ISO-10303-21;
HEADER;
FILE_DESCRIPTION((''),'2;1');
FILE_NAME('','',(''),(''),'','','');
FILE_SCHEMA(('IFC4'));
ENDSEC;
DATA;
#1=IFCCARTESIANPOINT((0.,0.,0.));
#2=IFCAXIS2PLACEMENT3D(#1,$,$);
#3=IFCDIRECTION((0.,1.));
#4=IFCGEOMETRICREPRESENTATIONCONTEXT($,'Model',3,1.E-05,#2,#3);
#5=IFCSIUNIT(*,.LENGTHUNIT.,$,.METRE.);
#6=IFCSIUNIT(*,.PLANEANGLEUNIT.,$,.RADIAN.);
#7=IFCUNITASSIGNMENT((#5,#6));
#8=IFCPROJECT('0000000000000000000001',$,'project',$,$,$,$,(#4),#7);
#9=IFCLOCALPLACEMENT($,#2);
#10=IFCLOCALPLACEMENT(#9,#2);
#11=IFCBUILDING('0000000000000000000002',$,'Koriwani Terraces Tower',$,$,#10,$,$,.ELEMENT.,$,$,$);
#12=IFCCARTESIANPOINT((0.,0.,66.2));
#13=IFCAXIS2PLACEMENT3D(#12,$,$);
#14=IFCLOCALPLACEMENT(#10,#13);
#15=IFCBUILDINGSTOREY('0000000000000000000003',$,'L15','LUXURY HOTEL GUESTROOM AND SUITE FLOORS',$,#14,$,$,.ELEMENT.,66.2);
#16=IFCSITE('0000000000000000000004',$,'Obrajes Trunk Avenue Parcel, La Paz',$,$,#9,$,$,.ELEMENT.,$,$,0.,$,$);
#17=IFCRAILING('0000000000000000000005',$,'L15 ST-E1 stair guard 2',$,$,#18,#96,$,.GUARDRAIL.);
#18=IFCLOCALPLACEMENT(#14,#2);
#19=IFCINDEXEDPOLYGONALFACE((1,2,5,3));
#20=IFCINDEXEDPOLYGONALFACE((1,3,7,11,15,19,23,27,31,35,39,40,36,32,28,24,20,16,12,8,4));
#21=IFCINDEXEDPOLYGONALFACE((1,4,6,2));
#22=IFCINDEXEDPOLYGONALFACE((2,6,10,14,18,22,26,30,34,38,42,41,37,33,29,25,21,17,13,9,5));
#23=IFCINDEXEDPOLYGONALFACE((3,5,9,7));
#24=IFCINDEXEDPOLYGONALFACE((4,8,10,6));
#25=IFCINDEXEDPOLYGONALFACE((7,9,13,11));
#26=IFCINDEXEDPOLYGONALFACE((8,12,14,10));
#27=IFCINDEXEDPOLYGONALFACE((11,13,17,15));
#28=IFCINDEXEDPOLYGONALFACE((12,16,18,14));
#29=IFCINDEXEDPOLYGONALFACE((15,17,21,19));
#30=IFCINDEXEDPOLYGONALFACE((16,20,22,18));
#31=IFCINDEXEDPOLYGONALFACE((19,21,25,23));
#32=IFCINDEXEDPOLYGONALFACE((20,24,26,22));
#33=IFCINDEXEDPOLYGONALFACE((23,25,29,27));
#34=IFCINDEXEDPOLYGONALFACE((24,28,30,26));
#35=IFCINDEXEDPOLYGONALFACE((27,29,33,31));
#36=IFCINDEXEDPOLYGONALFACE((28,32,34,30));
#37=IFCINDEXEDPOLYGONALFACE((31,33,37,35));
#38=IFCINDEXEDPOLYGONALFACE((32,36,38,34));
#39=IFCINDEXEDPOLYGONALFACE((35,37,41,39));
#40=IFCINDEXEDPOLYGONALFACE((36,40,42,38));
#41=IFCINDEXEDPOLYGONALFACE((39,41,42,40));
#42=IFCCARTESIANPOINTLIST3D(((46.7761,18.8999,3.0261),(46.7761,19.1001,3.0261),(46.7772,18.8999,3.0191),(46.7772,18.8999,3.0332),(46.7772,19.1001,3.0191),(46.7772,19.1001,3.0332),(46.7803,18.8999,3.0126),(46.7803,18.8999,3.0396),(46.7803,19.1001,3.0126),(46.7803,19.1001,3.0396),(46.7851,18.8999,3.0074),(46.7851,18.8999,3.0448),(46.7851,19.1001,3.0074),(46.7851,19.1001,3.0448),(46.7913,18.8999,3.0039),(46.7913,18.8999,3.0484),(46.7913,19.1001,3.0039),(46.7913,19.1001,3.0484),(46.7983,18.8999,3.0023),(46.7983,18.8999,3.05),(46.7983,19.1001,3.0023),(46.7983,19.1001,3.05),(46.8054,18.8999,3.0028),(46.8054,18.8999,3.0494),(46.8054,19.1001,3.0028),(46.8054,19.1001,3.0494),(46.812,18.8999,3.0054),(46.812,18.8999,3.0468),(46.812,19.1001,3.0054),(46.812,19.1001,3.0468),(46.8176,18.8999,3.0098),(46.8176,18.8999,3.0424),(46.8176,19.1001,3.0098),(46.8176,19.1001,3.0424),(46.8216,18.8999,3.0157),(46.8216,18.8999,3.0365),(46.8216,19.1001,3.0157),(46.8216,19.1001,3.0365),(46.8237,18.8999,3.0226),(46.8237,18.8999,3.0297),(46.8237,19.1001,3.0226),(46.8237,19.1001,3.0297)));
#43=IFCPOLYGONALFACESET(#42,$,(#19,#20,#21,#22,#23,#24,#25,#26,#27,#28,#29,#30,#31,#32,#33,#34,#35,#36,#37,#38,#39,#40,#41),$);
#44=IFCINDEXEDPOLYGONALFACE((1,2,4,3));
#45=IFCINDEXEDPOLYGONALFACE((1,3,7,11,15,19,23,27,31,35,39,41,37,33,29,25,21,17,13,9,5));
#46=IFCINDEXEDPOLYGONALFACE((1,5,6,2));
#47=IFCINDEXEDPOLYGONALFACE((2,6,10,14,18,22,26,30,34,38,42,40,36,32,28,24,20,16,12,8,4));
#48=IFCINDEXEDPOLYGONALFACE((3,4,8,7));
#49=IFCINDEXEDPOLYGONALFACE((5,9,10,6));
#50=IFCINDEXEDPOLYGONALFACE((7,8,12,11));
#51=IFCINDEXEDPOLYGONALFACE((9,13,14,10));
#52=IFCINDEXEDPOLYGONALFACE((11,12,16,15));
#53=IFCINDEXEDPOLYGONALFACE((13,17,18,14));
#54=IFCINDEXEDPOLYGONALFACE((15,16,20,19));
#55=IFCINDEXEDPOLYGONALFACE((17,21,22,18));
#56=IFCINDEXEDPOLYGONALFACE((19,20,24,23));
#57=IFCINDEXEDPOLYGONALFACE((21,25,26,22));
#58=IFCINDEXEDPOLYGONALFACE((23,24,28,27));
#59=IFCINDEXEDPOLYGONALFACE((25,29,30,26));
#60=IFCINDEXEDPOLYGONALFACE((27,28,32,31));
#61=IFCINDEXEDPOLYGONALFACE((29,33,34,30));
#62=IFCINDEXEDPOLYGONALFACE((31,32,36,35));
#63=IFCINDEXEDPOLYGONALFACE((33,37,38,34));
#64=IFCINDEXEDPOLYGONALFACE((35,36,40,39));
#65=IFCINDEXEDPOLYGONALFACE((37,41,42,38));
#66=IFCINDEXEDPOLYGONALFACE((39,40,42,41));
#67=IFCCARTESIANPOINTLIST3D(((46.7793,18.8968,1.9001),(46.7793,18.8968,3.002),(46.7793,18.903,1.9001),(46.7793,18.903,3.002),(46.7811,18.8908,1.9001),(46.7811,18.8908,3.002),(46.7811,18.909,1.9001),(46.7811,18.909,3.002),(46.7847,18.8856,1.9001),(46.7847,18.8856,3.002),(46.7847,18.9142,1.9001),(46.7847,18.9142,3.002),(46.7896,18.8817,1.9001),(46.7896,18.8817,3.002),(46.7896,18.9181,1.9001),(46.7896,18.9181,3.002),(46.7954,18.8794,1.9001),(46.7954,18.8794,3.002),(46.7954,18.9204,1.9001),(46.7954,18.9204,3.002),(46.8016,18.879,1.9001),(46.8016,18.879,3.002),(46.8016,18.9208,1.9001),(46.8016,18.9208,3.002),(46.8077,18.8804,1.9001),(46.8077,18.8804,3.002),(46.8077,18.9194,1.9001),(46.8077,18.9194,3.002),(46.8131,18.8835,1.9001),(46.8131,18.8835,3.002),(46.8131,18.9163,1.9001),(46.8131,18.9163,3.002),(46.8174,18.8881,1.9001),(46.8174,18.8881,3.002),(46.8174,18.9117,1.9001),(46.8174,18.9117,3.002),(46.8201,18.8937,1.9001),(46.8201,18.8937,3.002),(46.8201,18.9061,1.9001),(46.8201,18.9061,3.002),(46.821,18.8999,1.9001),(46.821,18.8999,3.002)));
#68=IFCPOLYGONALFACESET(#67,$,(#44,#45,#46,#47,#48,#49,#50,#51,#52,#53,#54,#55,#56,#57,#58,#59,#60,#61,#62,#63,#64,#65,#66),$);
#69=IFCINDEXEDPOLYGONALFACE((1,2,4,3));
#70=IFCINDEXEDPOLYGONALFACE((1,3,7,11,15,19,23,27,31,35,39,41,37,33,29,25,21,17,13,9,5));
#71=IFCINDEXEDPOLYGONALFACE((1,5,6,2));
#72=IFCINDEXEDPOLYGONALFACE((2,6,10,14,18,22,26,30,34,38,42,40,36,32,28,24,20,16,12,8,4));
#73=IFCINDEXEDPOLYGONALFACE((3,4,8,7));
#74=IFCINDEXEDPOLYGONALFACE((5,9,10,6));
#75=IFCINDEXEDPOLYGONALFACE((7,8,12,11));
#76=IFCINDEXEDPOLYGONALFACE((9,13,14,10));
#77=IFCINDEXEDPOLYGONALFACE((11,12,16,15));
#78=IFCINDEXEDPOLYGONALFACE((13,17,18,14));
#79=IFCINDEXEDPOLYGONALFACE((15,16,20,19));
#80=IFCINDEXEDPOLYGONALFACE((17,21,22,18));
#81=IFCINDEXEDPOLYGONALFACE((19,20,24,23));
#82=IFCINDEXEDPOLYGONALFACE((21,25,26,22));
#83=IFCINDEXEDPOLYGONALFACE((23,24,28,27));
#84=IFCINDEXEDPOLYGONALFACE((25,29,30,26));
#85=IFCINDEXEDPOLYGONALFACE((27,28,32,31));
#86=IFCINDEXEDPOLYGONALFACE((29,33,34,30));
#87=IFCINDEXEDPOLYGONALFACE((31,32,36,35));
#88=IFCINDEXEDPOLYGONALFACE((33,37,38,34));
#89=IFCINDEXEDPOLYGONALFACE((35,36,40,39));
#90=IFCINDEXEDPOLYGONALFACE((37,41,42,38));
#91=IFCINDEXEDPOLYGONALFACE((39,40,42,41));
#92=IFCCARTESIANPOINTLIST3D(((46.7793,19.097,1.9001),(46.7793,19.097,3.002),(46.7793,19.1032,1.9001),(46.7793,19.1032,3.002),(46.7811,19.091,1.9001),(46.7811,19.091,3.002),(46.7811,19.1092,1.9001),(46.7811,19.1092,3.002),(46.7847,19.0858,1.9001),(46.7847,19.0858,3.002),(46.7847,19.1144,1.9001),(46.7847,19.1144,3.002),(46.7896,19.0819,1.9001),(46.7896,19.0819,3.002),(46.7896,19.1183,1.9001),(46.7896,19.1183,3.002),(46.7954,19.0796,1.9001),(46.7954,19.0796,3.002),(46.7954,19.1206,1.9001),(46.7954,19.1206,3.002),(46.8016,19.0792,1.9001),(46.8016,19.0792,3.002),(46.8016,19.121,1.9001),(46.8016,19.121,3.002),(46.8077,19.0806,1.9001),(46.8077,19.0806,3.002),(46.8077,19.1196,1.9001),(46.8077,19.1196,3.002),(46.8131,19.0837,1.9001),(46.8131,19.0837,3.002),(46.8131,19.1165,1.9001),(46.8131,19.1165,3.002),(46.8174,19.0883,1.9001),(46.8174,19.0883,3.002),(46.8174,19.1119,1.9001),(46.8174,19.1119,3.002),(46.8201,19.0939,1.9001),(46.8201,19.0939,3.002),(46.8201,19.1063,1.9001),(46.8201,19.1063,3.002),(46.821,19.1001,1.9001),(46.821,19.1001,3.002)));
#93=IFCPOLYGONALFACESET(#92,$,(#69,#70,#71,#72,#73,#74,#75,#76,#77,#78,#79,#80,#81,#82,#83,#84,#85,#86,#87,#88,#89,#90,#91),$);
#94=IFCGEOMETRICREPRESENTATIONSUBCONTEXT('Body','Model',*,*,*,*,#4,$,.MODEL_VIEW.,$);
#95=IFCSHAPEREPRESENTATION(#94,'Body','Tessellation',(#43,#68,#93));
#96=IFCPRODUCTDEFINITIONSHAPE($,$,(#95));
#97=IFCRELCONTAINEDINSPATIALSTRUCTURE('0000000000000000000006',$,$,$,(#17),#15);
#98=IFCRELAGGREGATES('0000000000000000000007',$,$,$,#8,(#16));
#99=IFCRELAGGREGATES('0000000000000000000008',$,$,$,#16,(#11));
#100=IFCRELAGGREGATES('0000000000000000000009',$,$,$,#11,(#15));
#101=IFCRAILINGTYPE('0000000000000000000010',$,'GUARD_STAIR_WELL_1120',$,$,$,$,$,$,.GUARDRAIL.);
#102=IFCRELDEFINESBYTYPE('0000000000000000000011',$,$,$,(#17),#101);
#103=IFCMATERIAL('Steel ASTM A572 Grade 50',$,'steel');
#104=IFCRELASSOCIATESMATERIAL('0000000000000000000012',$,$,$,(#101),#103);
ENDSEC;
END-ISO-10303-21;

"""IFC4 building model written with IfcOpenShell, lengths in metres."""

from ifc_helpers import new_model, si_unit, direction, frame, origin, origin_2d, place, context, subcontext, project, spatial, circle, extrude, material, type_object, element, save


model = new_model("IFC4")

# Units and contexts
model_context = context("Model", 3, precision=1e-05, world=origin(), true_north=direction((0.0, 1.0)))
body_context = subcontext(model_context, "Body", "Model", "MODEL_VIEW")
ifc_project = project(units=[si_unit("LENGTHUNIT", "METRE"), si_unit("PLANEANGLEUNIT", "RADIAN")], contexts=[model_context])

# Site, building, storey
site_placement = place(None, origin())
site = spatial("IfcSite", under=ifc_project, at=site_placement, Name="Obrajes Trunk Avenue Parcel, La Paz", CompositionType="ELEMENT", RefElevation=0.0)
building_placement = place(site_placement, origin())
building = spatial("IfcBuilding", under=site, at=building_placement, Name="Koriwani Terraces Tower", CompositionType="ELEMENT")
storey_placement = place(building_placement, frame((0.0, 0.0, 66.2)))
storey = spatial("IfcBuildingStorey", under=building, at=storey_placement, Name="L15", Description="LUXURY HOTEL GUESTROOM AND SUITE FLOORS", CompositionType="ELEMENT", Elevation=66.2)

# Shared definitions
ifc_material_1 = material(Name="Steel ASTM A572 Grade 50", Category="steel")

# Railing
railing_type_1 = type_object("IfcRailingType", Name="GUARD_STAIR_WELL_1120", PredefinedType="GUARDRAIL", material=ifc_material_1)
railing_1_placement = place(storey_placement, frame((46.8, 18.8999, 1.9001)))
element("IfcRailing", 1, at=railing_1_placement, inside=storey, type_object=railing_type_1, Name="L15 ST-E1 stair guard 2", PredefinedType="GUARDRAIL", context=body_context, shape_type="SweptSolid", body=[
    extrude(circle(Radius=0.0239, at=origin_2d()), frame((0.0, 0.0, 1.126), z_axis=(0.0, 1.0, 0.0), x_axis=(-1.0, 0.0, 0.0)), (0.0, 0.0, 1.0), 0.2002),
    extrude(circle(Radius=0.021, at=origin_2d()), origin(), (0.0, 0.0, 1.0), 1.1018),
    extrude(circle(Radius=0.021, at=origin_2d()), frame((0.0, 0.2002, 0.0)), (0.0, 0.0, 1.0), 1.1018),
])

save(model, "model.ifc")
